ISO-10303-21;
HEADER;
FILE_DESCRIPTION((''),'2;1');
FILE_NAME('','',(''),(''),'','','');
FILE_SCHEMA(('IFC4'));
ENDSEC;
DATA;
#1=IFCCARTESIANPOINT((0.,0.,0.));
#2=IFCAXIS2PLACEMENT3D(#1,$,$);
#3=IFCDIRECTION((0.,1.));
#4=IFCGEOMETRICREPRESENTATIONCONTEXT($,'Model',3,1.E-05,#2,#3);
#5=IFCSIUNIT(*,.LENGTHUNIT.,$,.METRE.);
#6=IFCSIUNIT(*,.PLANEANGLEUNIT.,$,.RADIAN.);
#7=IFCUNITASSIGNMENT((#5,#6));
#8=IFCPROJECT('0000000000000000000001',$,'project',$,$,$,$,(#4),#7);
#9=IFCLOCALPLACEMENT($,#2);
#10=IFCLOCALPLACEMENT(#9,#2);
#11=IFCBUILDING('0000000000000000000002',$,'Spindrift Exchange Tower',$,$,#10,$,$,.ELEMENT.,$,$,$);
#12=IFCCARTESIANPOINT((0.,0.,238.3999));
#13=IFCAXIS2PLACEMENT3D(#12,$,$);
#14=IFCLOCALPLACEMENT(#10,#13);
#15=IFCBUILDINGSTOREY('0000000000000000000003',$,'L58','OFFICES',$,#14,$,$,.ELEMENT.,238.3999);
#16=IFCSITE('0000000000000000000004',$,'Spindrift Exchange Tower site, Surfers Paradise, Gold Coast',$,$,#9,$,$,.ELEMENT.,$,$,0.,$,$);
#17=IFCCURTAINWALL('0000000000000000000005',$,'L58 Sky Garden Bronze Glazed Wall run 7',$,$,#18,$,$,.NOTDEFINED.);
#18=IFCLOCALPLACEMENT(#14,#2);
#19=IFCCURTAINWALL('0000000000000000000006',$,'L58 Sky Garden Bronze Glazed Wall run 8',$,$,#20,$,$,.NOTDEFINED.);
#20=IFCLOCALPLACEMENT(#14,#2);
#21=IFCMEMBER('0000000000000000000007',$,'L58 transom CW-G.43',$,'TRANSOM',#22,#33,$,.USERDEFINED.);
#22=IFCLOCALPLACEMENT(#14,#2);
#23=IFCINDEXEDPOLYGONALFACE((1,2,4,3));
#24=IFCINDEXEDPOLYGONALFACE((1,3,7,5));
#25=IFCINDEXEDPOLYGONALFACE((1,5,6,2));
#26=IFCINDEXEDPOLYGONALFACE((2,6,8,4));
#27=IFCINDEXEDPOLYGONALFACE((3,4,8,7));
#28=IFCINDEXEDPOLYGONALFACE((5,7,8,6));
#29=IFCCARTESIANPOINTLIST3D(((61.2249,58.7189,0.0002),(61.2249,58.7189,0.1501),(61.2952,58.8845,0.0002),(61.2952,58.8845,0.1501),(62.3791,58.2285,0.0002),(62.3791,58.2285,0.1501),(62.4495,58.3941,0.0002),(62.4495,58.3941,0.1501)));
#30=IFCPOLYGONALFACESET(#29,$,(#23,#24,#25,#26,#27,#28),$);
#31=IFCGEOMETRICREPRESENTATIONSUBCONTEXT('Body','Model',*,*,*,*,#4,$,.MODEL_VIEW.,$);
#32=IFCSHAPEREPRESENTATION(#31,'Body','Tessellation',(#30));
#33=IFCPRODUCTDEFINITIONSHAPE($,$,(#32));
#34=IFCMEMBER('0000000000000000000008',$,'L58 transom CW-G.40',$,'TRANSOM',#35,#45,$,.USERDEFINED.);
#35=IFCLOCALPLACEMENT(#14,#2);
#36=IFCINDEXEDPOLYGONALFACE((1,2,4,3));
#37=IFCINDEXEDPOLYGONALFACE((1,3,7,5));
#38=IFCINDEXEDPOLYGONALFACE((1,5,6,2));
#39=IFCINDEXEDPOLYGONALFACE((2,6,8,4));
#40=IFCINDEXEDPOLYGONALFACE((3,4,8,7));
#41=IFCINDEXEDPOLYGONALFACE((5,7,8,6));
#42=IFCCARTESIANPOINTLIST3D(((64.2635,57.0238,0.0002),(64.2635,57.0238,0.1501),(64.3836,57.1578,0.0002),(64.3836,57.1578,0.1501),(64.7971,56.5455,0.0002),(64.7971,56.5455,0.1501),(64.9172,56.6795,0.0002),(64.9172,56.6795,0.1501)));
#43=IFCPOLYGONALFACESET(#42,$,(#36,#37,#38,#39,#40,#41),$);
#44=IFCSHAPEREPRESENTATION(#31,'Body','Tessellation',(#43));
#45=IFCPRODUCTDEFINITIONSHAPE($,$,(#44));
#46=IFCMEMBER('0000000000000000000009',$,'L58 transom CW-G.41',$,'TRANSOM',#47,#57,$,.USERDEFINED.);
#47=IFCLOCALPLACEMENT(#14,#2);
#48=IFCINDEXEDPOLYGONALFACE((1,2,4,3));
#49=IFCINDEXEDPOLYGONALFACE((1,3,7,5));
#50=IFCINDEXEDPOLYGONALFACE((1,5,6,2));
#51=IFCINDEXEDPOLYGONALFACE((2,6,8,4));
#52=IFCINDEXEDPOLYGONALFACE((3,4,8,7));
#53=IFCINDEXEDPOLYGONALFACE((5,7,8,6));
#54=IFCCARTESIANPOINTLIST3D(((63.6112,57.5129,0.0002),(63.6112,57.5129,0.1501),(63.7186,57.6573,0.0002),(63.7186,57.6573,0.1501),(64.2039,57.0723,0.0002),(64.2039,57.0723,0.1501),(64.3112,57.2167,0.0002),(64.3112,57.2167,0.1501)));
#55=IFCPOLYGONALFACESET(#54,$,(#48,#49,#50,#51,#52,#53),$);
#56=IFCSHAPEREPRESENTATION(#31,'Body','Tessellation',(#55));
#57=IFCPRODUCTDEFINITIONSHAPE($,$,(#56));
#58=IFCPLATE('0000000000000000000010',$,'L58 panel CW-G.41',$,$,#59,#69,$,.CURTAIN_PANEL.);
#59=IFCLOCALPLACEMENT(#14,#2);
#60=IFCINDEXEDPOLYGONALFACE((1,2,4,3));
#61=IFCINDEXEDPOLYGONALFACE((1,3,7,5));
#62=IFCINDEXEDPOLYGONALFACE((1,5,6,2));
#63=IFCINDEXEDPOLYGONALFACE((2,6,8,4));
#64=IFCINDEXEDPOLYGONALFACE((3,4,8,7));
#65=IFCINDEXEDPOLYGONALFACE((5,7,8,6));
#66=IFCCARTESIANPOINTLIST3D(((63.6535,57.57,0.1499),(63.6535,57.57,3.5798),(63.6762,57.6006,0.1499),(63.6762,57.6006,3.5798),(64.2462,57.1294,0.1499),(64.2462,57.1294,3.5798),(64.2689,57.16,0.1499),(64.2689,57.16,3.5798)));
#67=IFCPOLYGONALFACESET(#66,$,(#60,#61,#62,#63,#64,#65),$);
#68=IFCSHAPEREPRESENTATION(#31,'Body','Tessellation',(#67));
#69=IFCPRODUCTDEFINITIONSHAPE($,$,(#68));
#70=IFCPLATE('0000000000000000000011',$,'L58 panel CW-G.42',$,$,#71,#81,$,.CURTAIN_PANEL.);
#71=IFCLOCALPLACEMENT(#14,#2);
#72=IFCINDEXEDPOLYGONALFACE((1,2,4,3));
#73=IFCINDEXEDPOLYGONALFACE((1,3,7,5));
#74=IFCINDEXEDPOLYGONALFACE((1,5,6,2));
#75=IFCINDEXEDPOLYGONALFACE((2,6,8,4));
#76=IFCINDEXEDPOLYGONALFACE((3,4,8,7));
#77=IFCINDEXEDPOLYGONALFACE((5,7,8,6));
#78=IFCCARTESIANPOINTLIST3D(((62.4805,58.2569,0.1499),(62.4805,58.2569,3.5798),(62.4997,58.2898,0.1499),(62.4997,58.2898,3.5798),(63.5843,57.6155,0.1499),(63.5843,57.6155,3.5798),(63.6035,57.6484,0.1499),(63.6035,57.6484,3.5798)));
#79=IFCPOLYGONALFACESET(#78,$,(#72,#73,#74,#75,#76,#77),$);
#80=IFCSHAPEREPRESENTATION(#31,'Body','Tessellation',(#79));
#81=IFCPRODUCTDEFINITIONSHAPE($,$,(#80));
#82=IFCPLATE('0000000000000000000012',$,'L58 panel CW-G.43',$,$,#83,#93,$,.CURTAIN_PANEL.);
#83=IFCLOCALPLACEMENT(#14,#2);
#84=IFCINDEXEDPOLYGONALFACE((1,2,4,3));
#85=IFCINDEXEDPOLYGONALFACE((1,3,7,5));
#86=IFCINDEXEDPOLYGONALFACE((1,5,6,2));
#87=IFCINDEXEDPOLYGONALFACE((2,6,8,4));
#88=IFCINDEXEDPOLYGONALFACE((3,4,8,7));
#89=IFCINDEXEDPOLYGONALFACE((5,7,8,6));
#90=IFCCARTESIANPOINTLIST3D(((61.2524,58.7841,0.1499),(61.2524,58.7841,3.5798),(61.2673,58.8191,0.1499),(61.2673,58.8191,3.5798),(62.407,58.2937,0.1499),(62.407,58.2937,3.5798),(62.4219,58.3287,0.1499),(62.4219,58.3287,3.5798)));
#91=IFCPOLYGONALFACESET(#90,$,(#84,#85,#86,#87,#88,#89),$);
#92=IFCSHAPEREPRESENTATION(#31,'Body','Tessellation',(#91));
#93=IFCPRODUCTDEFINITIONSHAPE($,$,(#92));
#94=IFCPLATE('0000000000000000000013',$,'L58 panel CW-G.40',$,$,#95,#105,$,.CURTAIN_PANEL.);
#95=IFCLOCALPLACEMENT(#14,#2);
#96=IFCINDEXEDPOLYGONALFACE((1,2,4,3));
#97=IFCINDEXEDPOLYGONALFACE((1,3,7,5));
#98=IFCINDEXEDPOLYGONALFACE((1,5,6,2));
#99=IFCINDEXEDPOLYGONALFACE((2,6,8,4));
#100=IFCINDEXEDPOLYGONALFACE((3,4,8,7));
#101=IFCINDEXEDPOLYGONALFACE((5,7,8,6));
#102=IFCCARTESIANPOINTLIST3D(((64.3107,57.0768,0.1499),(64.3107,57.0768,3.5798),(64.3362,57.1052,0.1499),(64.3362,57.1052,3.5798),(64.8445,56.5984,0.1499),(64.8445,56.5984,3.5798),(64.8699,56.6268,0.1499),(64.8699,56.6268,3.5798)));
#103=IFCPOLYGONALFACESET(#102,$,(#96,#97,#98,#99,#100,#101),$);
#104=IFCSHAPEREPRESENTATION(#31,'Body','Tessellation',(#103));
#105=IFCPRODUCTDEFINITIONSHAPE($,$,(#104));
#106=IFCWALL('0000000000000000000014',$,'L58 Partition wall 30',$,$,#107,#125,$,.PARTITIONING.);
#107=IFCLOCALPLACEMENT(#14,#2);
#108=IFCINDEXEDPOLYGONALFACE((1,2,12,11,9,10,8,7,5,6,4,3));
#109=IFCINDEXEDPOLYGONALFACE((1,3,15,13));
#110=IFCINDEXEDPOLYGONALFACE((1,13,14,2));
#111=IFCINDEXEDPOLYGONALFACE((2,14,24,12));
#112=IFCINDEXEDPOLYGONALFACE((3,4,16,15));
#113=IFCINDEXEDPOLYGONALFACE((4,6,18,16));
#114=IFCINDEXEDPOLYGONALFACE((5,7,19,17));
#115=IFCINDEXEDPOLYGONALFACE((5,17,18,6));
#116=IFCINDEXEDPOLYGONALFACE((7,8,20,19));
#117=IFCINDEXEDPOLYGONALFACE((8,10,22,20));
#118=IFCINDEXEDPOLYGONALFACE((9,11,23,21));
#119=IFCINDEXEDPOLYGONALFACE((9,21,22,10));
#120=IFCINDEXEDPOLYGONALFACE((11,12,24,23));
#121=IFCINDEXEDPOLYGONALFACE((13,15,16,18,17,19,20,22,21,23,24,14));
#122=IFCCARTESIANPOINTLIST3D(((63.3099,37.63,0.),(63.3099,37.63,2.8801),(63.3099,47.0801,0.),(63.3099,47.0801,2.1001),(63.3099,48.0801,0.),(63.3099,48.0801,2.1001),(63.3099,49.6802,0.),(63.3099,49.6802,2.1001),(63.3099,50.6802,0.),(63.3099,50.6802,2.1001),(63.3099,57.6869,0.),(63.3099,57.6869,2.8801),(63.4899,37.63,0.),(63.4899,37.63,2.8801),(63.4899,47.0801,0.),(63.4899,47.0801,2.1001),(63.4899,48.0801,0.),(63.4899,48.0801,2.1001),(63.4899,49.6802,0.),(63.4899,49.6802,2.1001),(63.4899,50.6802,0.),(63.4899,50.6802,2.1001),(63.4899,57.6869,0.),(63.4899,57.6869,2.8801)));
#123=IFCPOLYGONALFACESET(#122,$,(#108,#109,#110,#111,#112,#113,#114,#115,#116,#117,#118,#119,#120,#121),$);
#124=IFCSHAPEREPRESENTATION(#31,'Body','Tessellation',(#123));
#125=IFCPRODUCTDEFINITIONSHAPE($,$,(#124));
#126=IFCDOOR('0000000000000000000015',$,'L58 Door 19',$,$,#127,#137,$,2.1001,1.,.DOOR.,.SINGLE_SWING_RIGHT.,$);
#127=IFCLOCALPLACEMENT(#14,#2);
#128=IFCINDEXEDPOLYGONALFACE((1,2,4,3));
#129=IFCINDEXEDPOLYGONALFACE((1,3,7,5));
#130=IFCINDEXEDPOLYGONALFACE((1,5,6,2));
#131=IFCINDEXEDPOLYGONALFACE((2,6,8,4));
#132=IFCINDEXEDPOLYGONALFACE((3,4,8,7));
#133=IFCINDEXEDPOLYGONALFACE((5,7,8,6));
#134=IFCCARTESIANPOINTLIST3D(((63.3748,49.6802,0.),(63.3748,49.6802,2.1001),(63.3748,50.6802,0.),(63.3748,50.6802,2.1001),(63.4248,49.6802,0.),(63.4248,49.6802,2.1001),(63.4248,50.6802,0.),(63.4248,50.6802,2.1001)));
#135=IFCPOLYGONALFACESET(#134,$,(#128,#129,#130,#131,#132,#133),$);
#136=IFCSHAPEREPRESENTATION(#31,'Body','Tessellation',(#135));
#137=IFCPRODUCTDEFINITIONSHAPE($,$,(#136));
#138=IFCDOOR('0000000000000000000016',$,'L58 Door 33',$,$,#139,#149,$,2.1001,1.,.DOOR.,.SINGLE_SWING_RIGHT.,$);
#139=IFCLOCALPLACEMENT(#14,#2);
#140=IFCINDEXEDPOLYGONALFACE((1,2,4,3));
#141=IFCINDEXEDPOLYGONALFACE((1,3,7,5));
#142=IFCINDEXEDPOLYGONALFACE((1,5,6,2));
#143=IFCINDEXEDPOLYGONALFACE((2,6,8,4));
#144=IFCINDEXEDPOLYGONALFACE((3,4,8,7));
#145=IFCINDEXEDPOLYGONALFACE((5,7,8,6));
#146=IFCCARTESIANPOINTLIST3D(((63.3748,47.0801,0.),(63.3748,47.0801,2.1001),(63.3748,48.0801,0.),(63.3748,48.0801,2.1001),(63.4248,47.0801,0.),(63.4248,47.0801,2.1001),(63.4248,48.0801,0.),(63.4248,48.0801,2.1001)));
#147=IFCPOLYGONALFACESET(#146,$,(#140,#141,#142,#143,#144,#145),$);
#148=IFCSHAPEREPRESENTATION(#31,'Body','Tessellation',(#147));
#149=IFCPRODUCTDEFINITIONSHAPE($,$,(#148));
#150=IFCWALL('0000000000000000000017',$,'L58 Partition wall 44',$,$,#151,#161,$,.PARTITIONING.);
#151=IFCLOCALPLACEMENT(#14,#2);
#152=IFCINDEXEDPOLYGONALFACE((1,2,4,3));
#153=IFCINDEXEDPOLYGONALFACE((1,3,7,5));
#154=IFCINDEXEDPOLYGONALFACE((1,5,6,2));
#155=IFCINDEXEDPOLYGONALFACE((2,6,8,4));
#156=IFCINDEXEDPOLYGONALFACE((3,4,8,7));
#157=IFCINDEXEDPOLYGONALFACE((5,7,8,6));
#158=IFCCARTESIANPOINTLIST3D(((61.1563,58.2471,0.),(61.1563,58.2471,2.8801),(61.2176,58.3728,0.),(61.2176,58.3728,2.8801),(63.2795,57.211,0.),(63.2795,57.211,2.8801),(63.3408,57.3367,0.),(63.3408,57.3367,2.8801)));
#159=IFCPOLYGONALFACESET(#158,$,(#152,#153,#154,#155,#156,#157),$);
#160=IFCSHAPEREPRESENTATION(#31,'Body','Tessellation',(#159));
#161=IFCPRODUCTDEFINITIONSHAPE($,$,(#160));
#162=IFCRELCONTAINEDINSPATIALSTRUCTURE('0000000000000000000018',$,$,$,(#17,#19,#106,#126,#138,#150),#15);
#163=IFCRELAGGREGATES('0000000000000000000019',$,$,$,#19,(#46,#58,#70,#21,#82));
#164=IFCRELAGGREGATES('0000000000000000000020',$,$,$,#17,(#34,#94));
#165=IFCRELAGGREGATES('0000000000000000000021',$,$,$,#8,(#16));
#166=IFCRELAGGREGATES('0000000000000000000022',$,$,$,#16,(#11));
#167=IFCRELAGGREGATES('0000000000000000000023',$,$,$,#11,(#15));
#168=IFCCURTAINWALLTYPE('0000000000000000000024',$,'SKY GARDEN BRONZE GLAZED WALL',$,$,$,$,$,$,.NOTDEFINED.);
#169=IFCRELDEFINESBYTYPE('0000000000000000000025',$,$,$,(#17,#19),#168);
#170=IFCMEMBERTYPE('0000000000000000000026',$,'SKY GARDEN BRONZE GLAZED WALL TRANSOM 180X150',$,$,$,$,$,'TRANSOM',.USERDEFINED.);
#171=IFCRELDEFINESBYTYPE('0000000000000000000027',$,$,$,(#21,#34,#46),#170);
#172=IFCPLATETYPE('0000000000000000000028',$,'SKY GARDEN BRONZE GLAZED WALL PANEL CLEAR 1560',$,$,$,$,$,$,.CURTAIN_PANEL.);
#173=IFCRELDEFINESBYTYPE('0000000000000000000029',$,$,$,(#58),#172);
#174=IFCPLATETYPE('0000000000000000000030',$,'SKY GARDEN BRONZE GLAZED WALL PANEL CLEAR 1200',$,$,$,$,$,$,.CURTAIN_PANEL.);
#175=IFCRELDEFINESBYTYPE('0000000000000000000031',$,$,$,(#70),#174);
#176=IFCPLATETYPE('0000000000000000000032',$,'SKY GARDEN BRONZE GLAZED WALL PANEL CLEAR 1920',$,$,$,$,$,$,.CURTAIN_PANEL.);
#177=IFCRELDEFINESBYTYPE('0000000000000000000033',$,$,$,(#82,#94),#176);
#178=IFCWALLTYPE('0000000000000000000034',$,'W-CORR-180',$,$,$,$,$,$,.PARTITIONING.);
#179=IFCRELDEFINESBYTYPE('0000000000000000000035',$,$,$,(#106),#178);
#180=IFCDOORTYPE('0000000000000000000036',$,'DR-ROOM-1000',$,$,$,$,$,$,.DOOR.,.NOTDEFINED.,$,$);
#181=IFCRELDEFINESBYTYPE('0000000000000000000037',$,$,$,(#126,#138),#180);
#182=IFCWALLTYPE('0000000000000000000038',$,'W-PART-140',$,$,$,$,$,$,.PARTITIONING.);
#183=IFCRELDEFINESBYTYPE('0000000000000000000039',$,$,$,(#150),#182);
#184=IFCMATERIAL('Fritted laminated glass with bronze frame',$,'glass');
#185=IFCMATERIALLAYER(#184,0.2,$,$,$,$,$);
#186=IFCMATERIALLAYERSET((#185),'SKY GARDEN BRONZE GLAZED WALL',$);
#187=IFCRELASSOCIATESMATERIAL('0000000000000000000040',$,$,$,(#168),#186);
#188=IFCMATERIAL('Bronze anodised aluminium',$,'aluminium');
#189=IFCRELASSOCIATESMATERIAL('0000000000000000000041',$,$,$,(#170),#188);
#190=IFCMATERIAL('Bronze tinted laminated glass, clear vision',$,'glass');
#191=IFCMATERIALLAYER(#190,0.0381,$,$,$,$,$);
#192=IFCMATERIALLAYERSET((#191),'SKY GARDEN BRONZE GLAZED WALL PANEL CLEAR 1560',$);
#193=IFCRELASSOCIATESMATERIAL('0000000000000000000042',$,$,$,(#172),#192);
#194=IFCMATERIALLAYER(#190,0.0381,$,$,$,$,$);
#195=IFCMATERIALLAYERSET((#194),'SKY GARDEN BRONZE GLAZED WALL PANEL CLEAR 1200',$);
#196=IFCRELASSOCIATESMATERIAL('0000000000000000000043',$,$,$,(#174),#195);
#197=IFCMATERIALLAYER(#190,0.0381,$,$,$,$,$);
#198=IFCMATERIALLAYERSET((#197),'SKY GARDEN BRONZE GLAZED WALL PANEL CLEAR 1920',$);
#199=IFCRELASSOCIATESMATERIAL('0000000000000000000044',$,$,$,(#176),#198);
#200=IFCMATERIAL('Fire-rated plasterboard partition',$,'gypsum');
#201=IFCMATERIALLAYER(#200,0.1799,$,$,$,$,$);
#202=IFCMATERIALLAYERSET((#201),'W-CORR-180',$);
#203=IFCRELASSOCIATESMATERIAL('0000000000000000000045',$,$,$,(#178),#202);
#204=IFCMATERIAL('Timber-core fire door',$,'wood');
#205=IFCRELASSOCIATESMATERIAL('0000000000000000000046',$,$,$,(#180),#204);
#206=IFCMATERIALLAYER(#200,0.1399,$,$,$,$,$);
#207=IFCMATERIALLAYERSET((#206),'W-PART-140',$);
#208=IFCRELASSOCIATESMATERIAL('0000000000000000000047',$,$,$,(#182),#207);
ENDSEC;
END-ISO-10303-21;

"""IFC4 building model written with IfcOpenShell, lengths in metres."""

from ifc_helpers import new_model, si_unit, direction, frame, frame_2d, origin, origin_2d, place, context, subcontext, project, spatial, rectangle, extrude, source, transform, mapped, material, layer, layer_set, material_profile, profile_set, type_object, element, fill, aggregate, save


model = new_model("IFC4")

# Units and contexts
model_context = context("Model", 3, precision=1e-05, world=origin(), true_north=direction((0.0, 1.0)))
body_context = subcontext(model_context, "Body", "Model", "MODEL_VIEW")
ifc_project = project(units=[si_unit("LENGTHUNIT", "METRE"), si_unit("PLANEANGLEUNIT", "RADIAN")], contexts=[model_context])

# Site, building, storey
site_placement = place(None, origin())
site = spatial("IfcSite", under=ifc_project, at=site_placement, Name="Spindrift Exchange Tower site, Surfers Paradise, Gold Coast", CompositionType="ELEMENT", RefElevation=0.0)
building_placement = place(site_placement, origin())
building = spatial("IfcBuilding", under=site, at=building_placement, Name="Spindrift Exchange Tower", CompositionType="ELEMENT")
storey_placement = place(building_placement, frame((0.0, 0.0, 238.3999)))
storey = spatial("IfcBuildingStorey", under=building, at=storey_placement, Name="L58", Description="OFFICES", CompositionType="ELEMENT", Elevation=238.3999)

# Curtain wall
ifc_material_1 = material(Name="Fritted laminated glass with bronze frame", Category="glass")
ifc_layer_1 = layer(ifc_material_1, 0.2)
ifc_layer_set_1 = layer_set([ifc_layer_1], Name="SKY GARDEN BRONZE GLAZED WALL")
curtain_wall_type = type_object("IfcCurtainWallType", Name="SKY GARDEN BRONZE GLAZED WALL", PredefinedType="NOTDEFINED", material=ifc_layer_set_1)
curtain_wall_1_placement = place(storey_placement, origin())
curtain_wall_1 = element("IfcCurtainWall", 1, at=curtain_wall_1_placement, inside=storey, type_object=curtain_wall_type, Name="L58 Sky Garden Bronze Glazed Wall run 7", PredefinedType="NOTDEFINED")
ifc_material_2 = material(Name="Bronze anodised aluminium", Category="aluminium")

# Curtain wall, member
curtain_wall_2_placement = place(storey_placement, origin())
curtain_wall_2 = element("IfcCurtainWall", 2, at=curtain_wall_2_placement, inside=storey, type_object=curtain_wall_type, Name="L58 Sky Garden Bronze Glazed Wall run 8", PredefinedType="NOTDEFINED")
ifc_material_profile_1 = material_profile(ifc_material_2, rectangle(XDim=0.1799, YDim=0.1499, at=origin_2d()), Name="SKY GARDEN BRONZE GLAZED WALL TRANSOM 180X150")
ifc_profile_set_1 = profile_set([ifc_material_profile_1], Name="Bronze anodised aluminium")
member_type_1 = type_object("IfcMemberType", Name="SKY GARDEN BRONZE GLAZED WALL TRANSOM 180X150", ElementType="TRANSOM", PredefinedType="USERDEFINED", material=ifc_profile_set_1)
shared_shape_1 = source(origin(), body_context, "Body", "SweptSolid", [
    extrude(rectangle(XDim=0.1799, YDim=0.1499, at=origin_2d()), origin(), (0.0, 0.0, 1.0), 1.2542),
])
member_1_placement = place(storey_placement, frame((62.4143, 58.3113, 0.0752), z_axis=(-0.920359, 0.391075, 0.0), x_axis=(-0.391075, -0.920359, 0.0)))
member_1 = element("IfcMember", 3, at=member_1_placement, type_object=member_type_1, Name="L58 transom CW-G.43", ObjectType="TRANSOM", PredefinedType="USERDEFINED", context=body_context, shape_type="MappedRepresentation", body=[
    mapped(shared_shape_1, transform((0.0, 0.0, 0.0), scale=1.0)),
])

# Members
shared_shape_2 = source(origin(), body_context, "Body", "SweptSolid", [
    extrude(rectangle(XDim=0.1799, YDim=0.1499, at=origin_2d()), origin(), (0.0, 0.0, 1.0), 0.7166),
])
member_2_placement = place(storey_placement, frame((64.8572, 56.6125, 0.0752), z_axis=(-0.744715, 0.667382, 0.0), x_axis=(-0.667382, -0.744715, 0.0)))
member_2 = element("IfcMember", 4, at=member_2_placement, type_object=member_type_1, Name="L58 transom CW-G.40", ObjectType="TRANSOM", PredefinedType="USERDEFINED", context=body_context, shape_type="MappedRepresentation", body=[
    mapped(shared_shape_2, transform((0.0, 0.0, 0.0), scale=1.0)),
])
shared_shape_3 = source(origin(), body_context, "Body", "SweptSolid", [
    extrude(rectangle(XDim=0.1799, YDim=0.1499, at=origin_2d()), origin(), (0.0, 0.0, 1.0), 0.7385),
])
member_3_placement = place(storey_placement, frame((64.2576, 57.1445, 0.0752), z_axis=(-0.802531, 0.59661, 0.0), x_axis=(-0.59661, -0.802531, 0.0)))
member_3 = element("IfcMember", 5, at=member_3_placement, type_object=member_type_1, Name="L58 transom CW-G.41", ObjectType="TRANSOM", PredefinedType="USERDEFINED", context=body_context, shape_type="MappedRepresentation", body=[
    mapped(shared_shape_3, transform((0.0, 0.0, 0.0), scale=1.0)),
])

# Plates
ifc_material_3 = material(Name="Bronze tinted laminated glass, clear vision", Category="glass")
ifc_layer_2 = layer(ifc_material_3, 0.0381)
ifc_layer_set_2 = layer_set([ifc_layer_2], Name="SKY GARDEN BRONZE GLAZED WALL PANEL CLEAR 1560")
plate_type_1 = type_object("IfcPlateType", Name="SKY GARDEN BRONZE GLAZED WALL PANEL CLEAR 1560", PredefinedType="CURTAIN_PANEL", material=ifc_layer_set_2)
shared_shape_4 = source(origin(), body_context, "Body", "SweptSolid", [
    extrude(rectangle(XDim=0.7385, YDim=0.0381, at=origin_2d()), origin(), (0.0, 0.0, 1.0), 3.4299),
])
plate_1_placement = place(storey_placement, frame((63.9612, 57.365, 0.1499), z_axis=(0.0, 0.0, 1.0), x_axis=(-0.802586, 0.596536, 0.0)))
plate_1 = element("IfcPlate", 6, at=plate_1_placement, type_object=plate_type_1, Name="L58 panel CW-G.41", PredefinedType="CURTAIN_PANEL", context=body_context, shape_type="MappedRepresentation", body=[
    mapped(shared_shape_4, transform((0.0, 0.0, 0.0), scale=1.0)),
])
ifc_layer_3 = layer(ifc_material_3, 0.0381)
ifc_layer_set_3 = layer_set([ifc_layer_3], Name="SKY GARDEN BRONZE GLAZED WALL PANEL CLEAR 1200")
plate_type_2 = type_object("IfcPlateType", Name="SKY GARDEN BRONZE GLAZED WALL PANEL CLEAR 1200", PredefinedType="CURTAIN_PANEL", material=ifc_layer_set_3)
shared_shape_5 = source(origin(), body_context, "Body", "SweptSolid", [
    extrude(rectangle(XDim=1.2766, YDim=0.0381, at=origin_2d()), origin(), (0.0, 0.0, 1.0), 3.4299),
])
plate_2_placement = place(storey_placement, frame((63.042, 57.9526, 0.1499), z_axis=(0.0, 0.0, 1.0), x_axis=(-0.864628, 0.502413, 0.0)))
plate_2 = element("IfcPlate", 7, at=plate_2_placement, type_object=plate_type_2, Name="L58 panel CW-G.42", PredefinedType="CURTAIN_PANEL", context=body_context, shape_type="MappedRepresentation", body=[
    mapped(shared_shape_5, transform((0.0, 0.0, 0.0), scale=1.0)),
])
ifc_layer_4 = layer(ifc_material_3, 0.0381)
ifc_layer_set_4 = layer_set([ifc_layer_4], Name="SKY GARDEN BRONZE GLAZED WALL PANEL CLEAR 1920")
plate_type_3 = type_object("IfcPlateType", Name="SKY GARDEN BRONZE GLAZED WALL PANEL CLEAR 1920", PredefinedType="CURTAIN_PANEL", material=ifc_layer_set_4)
shared_shape_6 = source(origin(), body_context, "Body", "SweptSolid", [
    extrude(rectangle(XDim=1.2544, YDim=0.0381, at=origin_2d()), origin(), (0.0, 0.0, 1.0), 3.4299),
])
plate_3_placement = place(storey_placement, frame((61.8372, 58.5564, 0.1499), z_axis=(0.0, 0.0, 1.0), x_axis=(-0.920411, 0.390953, 0.0)))
plate_3 = element("IfcPlate", 8, at=plate_3_placement, type_object=plate_type_3, Name="L58 panel CW-G.43", PredefinedType="CURTAIN_PANEL", context=body_context, shape_type="MappedRepresentation", body=[
    mapped(shared_shape_6, transform((0.0, 0.0, 0.0), scale=1.0)),
])
aggregate(curtain_wall_2, [member_3, plate_1, plate_2, member_1, plate_3])
shared_shape_7 = source(origin(), body_context, "Body", "SweptSolid", [
    extrude(rectangle(XDim=0.7168, YDim=0.0381, at=origin_2d()), origin(), (0.0, 0.0, 1.0), 3.4299),
])
plate_4_placement = place(storey_placement, frame((64.5903, 56.8518, 0.1499), z_axis=(0.0, 0.0, 1.0), x_axis=(-0.744658, 0.667447, 0.0)))
plate_4 = element("IfcPlate", 9, at=plate_4_placement, type_object=plate_type_3, Name="L58 panel CW-G.40", PredefinedType="CURTAIN_PANEL", context=body_context, shape_type="MappedRepresentation", body=[
    mapped(shared_shape_7, transform((0.0, 0.0, 0.0), scale=1.0)),
])
aggregate(curtain_wall_1, [member_2, plate_4])

# Wall, openings, doors
ifc_material_4 = material(Name="Fire-rated plasterboard partition", Category="gypsum")
ifc_layer_5 = layer(ifc_material_4, 0.1799)
ifc_layer_set_5 = layer_set([ifc_layer_5], Name="W-CORR-180")
wall_type_1 = type_object("IfcWallType", Name="W-CORR-180", PredefinedType="PARTITIONING", material=ifc_layer_set_5)
wall_1_placement = place(storey_placement, frame((63.3999, 57.6868, 0.0), z_axis=(0.0, 0.0, 1.0), x_axis=(0.0, -1.0, 0.0)))
wall_1 = element("IfcWall", 10, at=wall_1_placement, inside=storey, type_object=wall_type_1, Name="L58 Partition wall 30", PredefinedType="PARTITIONING", context=body_context, shape_type="SweptSolid", body=[
    extrude(rectangle(XDim=20.0569, YDim=0.1799, at=frame_2d((10.0283, 0.0))), origin(), (0.0, 0.0, 1.0), 2.8801),
])
opening_1_placement = place(wall_1_placement, frame((7.0066, 0.0, 0.0)))
opening_1 = element("IfcOpeningElement", 11, at=opening_1_placement, cuts=wall_1, PredefinedType="OPENING", context=body_context, shape_type="SweptSolid", body=[
    extrude(rectangle(XDim=1.0, YDim=2.1001, at=frame_2d((0.5, 1.05))), frame((0.0, 0.0999, 0.0), z_axis=(0.0, -1.0, 0.0), x_axis=(1.0, 0.0, 0.0)), (0.0, 0.0, 1.0), 0.2),
])
opening_2_placement = place(wall_1_placement, frame((9.6067, 0.0, 0.0)))
opening_2 = element("IfcOpeningElement", 12, at=opening_2_placement, cuts=wall_1, PredefinedType="OPENING", context=body_context, shape_type="SweptSolid", body=[
    extrude(rectangle(XDim=1.0, YDim=2.1001, at=frame_2d((0.5, 1.05))), frame((0.0, 0.0999, 0.0), z_axis=(0.0, -1.0, 0.0), x_axis=(1.0, 0.0, 0.0)), (0.0, 0.0, 1.0), 0.2),
])
ifc_material_5 = material(Name="Timber-core fire door", Category="wood")
door_type = type_object("IfcDoorType", Name="DR-ROOM-1000", OperationType="NOTDEFINED", PredefinedType="DOOR", material=ifc_material_5)
shared_shape_8 = source(origin(), body_context, "Body", "SweptSolid", [
    extrude(rectangle(XDim=1.0, YDim=2.1001, at=frame_2d((0.5, 1.05))), frame((0.0, 0.0249, 0.0), z_axis=(0.0, -1.0, 0.0), x_axis=(1.0, 0.0, 0.0)), (0.0, 0.0, 1.0), 0.05),
])
door_1_placement = place(opening_1_placement, origin())
door_1 = element("IfcDoor", 13, at=door_1_placement, inside=storey, type_object=door_type, Name="L58 Door 19", OperationType="SINGLE_SWING_RIGHT", OverallHeight=2.1001, OverallWidth=1.0, PredefinedType="DOOR", context=body_context, shape_type="MappedRepresentation", body=[
    mapped(shared_shape_8, transform((0.0, 0.0, 0.0), scale=1.0)),
])
fill(opening_1, door_1)
door_2_placement = place(opening_2_placement, origin())
door_2 = element("IfcDoor", 14, at=door_2_placement, inside=storey, type_object=door_type, Name="L58 Door 33", OperationType="SINGLE_SWING_RIGHT", OverallHeight=2.1001, OverallWidth=1.0, PredefinedType="DOOR", context=body_context, shape_type="MappedRepresentation", body=[
    mapped(shared_shape_8, transform((0.0, 0.0, 0.0), scale=1.0)),
])
fill(opening_2, door_2)

# Wall
ifc_layer_6 = layer(ifc_material_4, 0.1399)
ifc_layer_set_6 = layer_set([ifc_layer_6], Name="W-PART-140")
wall_type_2 = type_object("IfcWallType", Name="W-PART-140", PredefinedType="PARTITIONING", material=ifc_layer_set_6)
wall_2_placement = place(storey_placement, frame((63.3101, 57.2739, 0.0), z_axis=(0.0, 0.0, 1.0), x_axis=(-0.898705, 0.438554, 0.0)))
element("IfcWall", 15, at=wall_2_placement, inside=storey, type_object=wall_type_2, Name="L58 Partition wall 44", PredefinedType="PARTITIONING", context=body_context, shape_type="SweptSolid", body=[
    extrude(rectangle(XDim=2.3625, YDim=0.1399, at=frame_2d((1.1812, 0.0))), origin(), (0.0, 0.0, 1.0), 2.8801),
])

save(model, "model.ifc")
